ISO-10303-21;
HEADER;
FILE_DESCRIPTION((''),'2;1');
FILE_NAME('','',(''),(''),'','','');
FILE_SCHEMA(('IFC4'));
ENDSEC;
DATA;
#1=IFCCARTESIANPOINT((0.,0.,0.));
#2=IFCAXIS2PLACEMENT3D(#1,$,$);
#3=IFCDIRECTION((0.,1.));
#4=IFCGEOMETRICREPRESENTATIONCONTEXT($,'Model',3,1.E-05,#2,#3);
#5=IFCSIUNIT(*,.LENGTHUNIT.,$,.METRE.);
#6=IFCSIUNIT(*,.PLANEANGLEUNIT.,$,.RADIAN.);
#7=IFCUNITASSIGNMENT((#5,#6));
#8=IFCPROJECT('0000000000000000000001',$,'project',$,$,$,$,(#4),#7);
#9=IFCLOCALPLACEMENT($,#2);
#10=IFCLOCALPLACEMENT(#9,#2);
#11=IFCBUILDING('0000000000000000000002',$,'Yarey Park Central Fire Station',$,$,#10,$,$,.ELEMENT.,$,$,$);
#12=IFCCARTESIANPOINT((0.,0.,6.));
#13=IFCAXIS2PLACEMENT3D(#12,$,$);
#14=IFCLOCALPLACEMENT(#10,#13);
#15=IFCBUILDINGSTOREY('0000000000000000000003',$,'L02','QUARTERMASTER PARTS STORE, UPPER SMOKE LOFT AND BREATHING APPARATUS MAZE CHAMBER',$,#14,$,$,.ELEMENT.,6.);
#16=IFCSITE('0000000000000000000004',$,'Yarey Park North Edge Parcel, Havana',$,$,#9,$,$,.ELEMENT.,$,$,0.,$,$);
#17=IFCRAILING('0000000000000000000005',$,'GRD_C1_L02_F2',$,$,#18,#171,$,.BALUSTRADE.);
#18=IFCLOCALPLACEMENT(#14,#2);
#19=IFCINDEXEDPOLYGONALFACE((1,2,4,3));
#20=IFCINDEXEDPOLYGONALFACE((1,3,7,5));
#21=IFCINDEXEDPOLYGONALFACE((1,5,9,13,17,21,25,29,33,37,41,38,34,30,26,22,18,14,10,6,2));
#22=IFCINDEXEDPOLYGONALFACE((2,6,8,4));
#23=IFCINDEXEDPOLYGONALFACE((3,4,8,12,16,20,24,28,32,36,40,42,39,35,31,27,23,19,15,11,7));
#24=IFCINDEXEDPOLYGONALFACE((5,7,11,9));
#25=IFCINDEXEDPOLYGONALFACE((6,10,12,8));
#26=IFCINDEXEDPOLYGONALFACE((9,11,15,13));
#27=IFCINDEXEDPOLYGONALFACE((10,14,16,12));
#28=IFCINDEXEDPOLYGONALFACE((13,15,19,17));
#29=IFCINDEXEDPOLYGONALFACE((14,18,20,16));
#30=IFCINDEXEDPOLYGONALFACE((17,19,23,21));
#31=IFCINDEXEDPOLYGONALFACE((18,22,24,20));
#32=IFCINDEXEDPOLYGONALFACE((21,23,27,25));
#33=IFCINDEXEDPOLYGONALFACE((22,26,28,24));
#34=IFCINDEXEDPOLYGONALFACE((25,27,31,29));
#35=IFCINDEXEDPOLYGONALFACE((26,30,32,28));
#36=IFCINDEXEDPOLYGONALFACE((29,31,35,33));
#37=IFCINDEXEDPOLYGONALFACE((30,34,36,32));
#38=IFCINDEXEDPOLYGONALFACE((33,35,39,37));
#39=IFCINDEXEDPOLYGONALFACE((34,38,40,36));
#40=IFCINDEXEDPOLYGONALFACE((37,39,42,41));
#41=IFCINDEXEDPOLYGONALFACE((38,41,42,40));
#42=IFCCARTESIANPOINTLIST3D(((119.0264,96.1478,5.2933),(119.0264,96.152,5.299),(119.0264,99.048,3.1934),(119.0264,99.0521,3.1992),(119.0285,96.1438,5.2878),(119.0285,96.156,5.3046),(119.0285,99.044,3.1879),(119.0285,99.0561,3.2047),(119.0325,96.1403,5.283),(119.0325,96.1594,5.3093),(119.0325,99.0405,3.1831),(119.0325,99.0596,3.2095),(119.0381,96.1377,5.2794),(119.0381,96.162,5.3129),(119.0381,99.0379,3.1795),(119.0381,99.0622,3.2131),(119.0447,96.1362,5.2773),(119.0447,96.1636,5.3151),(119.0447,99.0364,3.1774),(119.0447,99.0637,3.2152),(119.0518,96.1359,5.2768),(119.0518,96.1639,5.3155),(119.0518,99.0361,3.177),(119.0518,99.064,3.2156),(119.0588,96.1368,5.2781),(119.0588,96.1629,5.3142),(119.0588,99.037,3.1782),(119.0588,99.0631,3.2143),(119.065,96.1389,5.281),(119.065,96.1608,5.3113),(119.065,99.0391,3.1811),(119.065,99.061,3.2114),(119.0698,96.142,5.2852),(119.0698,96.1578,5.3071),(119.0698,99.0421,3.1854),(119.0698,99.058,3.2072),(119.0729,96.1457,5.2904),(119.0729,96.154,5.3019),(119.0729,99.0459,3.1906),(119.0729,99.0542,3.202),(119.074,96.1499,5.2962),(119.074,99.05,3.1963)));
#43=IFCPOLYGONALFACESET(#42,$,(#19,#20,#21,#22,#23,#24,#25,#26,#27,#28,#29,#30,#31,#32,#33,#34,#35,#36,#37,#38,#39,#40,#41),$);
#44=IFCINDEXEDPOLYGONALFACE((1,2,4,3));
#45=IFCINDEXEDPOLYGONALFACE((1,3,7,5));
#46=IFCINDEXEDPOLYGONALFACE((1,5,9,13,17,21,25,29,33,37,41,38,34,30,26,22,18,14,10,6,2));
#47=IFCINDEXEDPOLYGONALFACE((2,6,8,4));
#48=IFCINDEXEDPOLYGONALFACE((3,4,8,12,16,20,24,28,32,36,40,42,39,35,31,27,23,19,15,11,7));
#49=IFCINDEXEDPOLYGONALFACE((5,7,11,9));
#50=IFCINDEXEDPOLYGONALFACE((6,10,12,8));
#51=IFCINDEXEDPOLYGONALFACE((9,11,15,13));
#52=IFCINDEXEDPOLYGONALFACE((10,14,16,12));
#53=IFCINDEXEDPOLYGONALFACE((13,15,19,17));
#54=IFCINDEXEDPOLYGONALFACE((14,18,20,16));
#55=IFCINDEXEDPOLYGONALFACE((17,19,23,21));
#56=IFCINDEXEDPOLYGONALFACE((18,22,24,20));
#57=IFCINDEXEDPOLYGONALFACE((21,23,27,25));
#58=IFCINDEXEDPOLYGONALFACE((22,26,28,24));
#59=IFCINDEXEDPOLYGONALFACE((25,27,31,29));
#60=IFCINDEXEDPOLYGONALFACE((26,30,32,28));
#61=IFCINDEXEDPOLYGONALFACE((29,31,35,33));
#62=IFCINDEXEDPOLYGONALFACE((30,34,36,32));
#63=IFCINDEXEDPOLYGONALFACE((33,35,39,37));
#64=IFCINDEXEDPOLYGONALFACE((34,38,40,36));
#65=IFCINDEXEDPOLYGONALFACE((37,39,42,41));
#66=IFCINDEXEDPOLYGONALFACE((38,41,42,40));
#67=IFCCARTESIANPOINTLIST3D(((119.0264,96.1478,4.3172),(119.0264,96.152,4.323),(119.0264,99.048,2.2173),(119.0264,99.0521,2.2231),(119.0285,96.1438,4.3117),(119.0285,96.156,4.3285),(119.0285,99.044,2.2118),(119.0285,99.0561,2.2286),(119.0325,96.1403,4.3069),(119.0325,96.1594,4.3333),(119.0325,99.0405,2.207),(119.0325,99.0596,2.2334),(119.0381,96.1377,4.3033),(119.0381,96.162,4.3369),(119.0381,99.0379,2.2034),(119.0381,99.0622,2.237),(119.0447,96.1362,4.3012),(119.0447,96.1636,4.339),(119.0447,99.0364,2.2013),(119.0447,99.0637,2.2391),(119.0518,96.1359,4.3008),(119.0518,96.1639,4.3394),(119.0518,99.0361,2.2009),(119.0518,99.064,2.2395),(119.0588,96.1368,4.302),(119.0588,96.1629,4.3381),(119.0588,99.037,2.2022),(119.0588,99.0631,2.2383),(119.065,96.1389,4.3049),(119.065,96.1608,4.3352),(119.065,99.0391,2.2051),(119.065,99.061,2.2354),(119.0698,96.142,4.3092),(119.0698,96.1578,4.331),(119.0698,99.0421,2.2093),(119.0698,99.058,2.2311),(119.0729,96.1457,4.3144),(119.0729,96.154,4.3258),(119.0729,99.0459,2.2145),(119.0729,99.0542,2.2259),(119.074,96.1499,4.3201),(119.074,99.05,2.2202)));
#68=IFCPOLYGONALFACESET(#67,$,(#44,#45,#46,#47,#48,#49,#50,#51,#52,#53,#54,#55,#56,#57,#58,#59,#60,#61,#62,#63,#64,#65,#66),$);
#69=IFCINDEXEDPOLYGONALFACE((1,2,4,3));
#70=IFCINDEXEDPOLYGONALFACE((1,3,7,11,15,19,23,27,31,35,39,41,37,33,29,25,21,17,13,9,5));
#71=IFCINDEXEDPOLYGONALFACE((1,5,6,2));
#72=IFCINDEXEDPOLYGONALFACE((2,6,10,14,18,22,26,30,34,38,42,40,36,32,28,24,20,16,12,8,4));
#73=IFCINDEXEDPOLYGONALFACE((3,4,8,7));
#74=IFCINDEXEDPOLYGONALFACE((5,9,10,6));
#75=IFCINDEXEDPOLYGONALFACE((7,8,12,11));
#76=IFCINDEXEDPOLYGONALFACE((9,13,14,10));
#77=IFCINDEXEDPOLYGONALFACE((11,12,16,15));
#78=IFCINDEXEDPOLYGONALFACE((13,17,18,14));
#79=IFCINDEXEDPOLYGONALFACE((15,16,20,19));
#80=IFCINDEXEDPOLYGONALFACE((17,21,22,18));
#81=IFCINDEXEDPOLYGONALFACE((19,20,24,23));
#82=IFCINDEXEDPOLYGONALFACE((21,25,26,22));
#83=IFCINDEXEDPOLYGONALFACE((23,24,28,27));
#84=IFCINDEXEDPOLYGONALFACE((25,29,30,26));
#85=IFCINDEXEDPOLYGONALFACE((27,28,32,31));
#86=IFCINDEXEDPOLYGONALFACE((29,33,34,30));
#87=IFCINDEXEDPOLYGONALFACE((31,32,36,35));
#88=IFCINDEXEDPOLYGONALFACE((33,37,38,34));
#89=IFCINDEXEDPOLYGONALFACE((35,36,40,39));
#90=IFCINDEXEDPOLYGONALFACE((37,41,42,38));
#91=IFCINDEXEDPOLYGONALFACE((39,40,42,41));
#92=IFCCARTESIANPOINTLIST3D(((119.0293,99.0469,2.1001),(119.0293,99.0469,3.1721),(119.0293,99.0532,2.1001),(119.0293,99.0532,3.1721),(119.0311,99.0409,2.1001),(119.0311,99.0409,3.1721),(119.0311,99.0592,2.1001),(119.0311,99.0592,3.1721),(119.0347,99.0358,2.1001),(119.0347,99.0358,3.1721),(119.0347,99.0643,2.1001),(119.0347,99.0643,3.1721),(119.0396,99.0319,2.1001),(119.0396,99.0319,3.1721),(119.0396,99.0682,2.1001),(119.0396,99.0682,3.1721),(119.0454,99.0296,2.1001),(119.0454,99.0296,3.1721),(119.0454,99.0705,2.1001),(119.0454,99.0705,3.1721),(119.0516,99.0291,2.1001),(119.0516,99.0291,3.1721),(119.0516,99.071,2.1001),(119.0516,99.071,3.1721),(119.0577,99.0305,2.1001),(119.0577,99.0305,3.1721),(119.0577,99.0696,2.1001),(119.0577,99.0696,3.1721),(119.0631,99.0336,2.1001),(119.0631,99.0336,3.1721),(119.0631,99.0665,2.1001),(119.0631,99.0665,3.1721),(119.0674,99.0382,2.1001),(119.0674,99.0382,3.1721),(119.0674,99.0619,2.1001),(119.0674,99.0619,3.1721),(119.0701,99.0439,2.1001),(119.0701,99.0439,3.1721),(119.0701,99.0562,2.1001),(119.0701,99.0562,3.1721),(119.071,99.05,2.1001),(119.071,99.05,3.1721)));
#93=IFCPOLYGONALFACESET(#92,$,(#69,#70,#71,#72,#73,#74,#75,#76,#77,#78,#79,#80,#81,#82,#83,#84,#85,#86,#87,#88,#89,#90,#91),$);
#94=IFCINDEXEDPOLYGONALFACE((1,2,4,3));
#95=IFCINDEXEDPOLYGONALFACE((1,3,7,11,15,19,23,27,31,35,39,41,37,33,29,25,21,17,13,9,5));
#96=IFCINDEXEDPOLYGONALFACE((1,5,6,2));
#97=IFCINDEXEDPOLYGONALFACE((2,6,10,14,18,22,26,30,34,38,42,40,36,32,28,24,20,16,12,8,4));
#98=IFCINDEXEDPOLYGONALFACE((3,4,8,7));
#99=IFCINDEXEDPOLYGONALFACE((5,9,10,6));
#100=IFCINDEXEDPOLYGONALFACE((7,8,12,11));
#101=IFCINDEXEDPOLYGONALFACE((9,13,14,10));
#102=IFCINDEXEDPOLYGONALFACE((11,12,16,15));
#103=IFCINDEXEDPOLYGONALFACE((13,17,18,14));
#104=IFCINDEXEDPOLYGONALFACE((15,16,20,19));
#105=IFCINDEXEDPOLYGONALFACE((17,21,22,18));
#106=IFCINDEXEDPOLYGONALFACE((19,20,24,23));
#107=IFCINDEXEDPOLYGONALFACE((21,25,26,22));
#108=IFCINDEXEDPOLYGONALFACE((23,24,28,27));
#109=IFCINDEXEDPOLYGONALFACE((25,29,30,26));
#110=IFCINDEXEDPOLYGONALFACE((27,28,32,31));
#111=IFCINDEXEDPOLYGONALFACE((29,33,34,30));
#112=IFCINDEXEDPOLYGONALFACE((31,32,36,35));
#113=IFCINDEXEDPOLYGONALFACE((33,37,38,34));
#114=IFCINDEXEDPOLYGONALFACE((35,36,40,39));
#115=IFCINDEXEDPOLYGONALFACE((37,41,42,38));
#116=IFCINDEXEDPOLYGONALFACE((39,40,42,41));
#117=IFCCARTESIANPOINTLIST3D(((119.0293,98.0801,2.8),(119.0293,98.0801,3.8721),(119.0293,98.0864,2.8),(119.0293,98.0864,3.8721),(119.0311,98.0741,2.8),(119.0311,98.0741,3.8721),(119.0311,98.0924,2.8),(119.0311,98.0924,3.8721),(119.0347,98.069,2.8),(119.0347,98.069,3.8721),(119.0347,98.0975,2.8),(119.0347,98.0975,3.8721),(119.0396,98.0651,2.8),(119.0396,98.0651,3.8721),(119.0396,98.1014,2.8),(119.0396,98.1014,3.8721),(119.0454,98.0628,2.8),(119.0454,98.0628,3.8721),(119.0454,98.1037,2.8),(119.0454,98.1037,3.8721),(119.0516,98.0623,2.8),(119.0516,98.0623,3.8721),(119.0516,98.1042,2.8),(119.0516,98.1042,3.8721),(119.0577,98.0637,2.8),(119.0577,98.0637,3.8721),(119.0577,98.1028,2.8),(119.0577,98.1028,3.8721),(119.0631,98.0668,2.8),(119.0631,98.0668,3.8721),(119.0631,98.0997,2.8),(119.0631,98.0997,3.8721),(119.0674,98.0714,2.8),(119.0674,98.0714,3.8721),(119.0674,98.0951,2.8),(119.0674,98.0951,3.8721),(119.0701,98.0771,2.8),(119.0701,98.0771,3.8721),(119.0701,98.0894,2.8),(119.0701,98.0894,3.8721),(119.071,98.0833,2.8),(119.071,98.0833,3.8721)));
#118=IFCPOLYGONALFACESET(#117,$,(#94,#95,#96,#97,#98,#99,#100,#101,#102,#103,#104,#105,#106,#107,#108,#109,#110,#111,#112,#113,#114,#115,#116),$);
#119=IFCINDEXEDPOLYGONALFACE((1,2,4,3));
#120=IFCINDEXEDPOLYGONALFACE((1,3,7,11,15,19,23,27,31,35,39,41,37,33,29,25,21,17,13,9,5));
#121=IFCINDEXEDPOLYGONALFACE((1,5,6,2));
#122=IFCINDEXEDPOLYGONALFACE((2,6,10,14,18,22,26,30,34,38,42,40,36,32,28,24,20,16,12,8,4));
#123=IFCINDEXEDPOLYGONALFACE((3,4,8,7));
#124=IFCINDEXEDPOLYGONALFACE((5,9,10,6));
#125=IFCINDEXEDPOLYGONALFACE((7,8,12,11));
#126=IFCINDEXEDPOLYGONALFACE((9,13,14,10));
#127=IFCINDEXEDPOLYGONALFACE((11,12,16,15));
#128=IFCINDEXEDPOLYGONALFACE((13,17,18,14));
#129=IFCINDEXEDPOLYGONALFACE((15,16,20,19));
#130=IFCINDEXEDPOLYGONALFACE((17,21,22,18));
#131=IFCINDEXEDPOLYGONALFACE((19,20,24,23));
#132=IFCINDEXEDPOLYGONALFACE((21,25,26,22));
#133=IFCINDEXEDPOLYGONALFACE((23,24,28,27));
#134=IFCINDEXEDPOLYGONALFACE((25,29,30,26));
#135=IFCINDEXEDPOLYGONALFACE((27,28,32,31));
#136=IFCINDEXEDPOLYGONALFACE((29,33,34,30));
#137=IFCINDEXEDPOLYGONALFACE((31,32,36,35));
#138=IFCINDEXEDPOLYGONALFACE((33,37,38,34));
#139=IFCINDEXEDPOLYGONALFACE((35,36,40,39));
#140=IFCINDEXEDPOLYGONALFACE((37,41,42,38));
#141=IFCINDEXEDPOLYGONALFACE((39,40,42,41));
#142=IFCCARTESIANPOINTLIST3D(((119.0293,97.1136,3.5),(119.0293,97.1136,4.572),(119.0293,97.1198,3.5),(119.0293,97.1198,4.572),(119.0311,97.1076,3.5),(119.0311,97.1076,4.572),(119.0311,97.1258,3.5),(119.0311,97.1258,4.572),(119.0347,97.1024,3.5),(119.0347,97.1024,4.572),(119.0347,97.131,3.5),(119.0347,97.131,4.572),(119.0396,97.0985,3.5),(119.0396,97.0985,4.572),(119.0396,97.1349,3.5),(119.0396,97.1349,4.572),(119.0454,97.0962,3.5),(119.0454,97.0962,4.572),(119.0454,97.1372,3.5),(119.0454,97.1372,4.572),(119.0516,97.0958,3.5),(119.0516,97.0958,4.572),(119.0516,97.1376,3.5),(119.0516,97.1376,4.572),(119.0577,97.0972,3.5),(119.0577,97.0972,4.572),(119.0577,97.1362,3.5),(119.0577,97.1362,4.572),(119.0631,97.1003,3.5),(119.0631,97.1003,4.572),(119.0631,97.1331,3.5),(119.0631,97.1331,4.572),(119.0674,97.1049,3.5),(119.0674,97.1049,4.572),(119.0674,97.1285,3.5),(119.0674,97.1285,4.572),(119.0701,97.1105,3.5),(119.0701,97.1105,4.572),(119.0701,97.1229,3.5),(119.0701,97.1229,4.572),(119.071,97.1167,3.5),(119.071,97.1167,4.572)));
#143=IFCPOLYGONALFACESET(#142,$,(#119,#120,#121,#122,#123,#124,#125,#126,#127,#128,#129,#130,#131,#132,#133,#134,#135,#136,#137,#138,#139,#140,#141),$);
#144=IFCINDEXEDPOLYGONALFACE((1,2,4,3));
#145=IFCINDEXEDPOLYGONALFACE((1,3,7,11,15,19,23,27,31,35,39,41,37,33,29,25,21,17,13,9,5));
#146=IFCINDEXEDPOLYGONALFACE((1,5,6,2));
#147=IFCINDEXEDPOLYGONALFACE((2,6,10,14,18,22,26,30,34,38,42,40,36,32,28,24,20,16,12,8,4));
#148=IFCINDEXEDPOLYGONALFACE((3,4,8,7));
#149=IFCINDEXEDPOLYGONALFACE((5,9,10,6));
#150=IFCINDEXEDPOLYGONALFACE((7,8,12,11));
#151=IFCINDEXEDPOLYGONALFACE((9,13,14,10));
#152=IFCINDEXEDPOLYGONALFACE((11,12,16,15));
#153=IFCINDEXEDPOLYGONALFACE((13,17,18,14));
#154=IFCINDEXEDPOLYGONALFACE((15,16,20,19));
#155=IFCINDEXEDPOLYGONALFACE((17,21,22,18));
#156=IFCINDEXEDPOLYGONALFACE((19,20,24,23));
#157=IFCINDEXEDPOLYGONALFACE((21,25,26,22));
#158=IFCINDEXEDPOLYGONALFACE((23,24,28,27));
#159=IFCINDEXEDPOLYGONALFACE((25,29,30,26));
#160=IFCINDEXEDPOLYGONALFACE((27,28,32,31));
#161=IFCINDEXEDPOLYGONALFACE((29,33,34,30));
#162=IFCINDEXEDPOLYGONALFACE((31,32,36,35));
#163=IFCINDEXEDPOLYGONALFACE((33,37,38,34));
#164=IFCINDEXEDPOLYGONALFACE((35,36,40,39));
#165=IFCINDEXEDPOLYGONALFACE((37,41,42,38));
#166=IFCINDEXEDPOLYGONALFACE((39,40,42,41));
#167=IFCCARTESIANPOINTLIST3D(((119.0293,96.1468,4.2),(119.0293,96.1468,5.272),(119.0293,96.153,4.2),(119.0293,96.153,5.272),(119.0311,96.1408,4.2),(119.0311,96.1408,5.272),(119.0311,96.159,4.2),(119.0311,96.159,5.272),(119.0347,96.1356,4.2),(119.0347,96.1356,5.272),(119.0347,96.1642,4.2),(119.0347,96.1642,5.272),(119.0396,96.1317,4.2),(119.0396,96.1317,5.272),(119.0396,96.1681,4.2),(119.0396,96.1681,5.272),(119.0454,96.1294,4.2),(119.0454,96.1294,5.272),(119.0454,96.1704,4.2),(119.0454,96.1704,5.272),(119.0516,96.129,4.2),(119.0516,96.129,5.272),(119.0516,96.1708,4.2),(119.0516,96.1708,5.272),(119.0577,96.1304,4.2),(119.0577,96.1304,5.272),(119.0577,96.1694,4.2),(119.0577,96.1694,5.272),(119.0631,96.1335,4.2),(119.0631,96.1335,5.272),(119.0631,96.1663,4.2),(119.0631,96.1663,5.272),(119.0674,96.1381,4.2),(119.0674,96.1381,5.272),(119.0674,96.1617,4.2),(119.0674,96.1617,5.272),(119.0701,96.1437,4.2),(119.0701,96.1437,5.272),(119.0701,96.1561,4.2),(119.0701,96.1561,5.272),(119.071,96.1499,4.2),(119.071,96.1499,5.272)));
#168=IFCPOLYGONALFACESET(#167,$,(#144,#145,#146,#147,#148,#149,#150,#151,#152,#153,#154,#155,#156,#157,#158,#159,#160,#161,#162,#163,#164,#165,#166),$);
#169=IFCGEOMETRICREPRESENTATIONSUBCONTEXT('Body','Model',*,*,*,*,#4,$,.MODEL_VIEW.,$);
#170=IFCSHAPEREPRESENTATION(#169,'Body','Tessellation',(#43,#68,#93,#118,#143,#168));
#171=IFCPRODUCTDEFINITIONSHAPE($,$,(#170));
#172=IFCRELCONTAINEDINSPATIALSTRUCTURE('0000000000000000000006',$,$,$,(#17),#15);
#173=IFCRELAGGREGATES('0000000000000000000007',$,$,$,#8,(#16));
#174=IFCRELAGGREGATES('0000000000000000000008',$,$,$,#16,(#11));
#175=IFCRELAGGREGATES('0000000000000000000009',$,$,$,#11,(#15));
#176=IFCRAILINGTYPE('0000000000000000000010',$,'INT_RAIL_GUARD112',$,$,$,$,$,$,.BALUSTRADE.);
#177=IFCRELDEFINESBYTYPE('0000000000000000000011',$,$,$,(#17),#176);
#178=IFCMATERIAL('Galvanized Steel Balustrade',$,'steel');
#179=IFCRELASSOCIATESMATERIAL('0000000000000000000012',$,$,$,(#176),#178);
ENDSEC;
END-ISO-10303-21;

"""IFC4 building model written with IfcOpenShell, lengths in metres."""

from ifc_helpers import new_model, si_unit, direction, frame, origin, origin_2d, place, context, subcontext, project, spatial, circle, extrude, material, type_object, element, save


model = new_model("IFC4")

# Units and contexts
model_context = context("Model", 3, precision=1e-05, world=origin(), true_north=direction((0.0, 1.0)))
body_context = subcontext(model_context, "Body", "Model", "MODEL_VIEW")
ifc_project = project(units=[si_unit("LENGTHUNIT", "METRE"), si_unit("PLANEANGLEUNIT", "RADIAN")], contexts=[model_context])

# Site, building, storey
site_placement = place(None, origin())
site = spatial("IfcSite", under=ifc_project, at=site_placement, Name="Yarey Park North Edge Parcel, Havana", CompositionType="ELEMENT", RefElevation=0.0)
building_placement = place(site_placement, origin())
building = spatial("IfcBuilding", under=site, at=building_placement, Name="Yarey Park Central Fire Station", CompositionType="ELEMENT")
storey_placement = place(building_placement, frame((0.0, 0.0, 6.0)))
storey = spatial("IfcBuildingStorey", under=building, at=storey_placement, Name="L02", Description="QUARTERMASTER PARTS STORE, UPPER SMOKE LOFT AND BREATHING APPARATUS MAZE CHAMBER", CompositionType="ELEMENT", Elevation=6.0)

# Railing
ifc_material_1 = material(Name="Galvanized Steel Balustrade", Category="steel")
railing_type_1 = type_object("IfcRailingType", Name="INT_RAIL_GUARD112", PredefinedType="BALUSTRADE", material=ifc_material_1)
railing_1_placement = place(storey_placement, frame((119.05, 99.05, 2.1001)))
element("IfcRailing", 1, at=railing_1_placement, inside=storey, type_object=railing_type_1, Name="GRD_C1_L02_F2", PredefinedType="BALUSTRADE", context=body_context, shape_type="SweptSolid", body=[
    extrude(circle(Radius=0.0239, at=origin_2d()), frame((0.0, 0.0, 1.0962), z_axis=(0.0, -0.809976, 0.586464), x_axis=(1.0, 0.0, 0.0)), (0.0, 0.0, 1.0), 3.5806),
    extrude(circle(Radius=0.0239, at=origin_2d()), frame((0.0, 0.0, 0.1201), z_axis=(0.0, -0.809976, 0.586464), x_axis=(1.0, 0.0, 0.0)), (0.0, 0.0, 1.0), 3.5806),
    extrude(circle(Radius=0.021, at=origin_2d()), origin(), (0.0, 0.0, 1.0), 1.072),
    extrude(circle(Radius=0.021, at=origin_2d()), frame((0.0, -0.9668, 0.7)), (0.0, 0.0, 1.0), 1.072),
    extrude(circle(Radius=0.021, at=origin_2d()), frame((0.0, -1.9333, 1.3999)), (0.0, 0.0, 1.0), 1.072),
    extrude(circle(Radius=0.021, at=origin_2d()), frame((0.0, -2.9001, 2.0999)), (0.0, 0.0, 1.0), 1.072),
])

save(model, "model.ifc")
